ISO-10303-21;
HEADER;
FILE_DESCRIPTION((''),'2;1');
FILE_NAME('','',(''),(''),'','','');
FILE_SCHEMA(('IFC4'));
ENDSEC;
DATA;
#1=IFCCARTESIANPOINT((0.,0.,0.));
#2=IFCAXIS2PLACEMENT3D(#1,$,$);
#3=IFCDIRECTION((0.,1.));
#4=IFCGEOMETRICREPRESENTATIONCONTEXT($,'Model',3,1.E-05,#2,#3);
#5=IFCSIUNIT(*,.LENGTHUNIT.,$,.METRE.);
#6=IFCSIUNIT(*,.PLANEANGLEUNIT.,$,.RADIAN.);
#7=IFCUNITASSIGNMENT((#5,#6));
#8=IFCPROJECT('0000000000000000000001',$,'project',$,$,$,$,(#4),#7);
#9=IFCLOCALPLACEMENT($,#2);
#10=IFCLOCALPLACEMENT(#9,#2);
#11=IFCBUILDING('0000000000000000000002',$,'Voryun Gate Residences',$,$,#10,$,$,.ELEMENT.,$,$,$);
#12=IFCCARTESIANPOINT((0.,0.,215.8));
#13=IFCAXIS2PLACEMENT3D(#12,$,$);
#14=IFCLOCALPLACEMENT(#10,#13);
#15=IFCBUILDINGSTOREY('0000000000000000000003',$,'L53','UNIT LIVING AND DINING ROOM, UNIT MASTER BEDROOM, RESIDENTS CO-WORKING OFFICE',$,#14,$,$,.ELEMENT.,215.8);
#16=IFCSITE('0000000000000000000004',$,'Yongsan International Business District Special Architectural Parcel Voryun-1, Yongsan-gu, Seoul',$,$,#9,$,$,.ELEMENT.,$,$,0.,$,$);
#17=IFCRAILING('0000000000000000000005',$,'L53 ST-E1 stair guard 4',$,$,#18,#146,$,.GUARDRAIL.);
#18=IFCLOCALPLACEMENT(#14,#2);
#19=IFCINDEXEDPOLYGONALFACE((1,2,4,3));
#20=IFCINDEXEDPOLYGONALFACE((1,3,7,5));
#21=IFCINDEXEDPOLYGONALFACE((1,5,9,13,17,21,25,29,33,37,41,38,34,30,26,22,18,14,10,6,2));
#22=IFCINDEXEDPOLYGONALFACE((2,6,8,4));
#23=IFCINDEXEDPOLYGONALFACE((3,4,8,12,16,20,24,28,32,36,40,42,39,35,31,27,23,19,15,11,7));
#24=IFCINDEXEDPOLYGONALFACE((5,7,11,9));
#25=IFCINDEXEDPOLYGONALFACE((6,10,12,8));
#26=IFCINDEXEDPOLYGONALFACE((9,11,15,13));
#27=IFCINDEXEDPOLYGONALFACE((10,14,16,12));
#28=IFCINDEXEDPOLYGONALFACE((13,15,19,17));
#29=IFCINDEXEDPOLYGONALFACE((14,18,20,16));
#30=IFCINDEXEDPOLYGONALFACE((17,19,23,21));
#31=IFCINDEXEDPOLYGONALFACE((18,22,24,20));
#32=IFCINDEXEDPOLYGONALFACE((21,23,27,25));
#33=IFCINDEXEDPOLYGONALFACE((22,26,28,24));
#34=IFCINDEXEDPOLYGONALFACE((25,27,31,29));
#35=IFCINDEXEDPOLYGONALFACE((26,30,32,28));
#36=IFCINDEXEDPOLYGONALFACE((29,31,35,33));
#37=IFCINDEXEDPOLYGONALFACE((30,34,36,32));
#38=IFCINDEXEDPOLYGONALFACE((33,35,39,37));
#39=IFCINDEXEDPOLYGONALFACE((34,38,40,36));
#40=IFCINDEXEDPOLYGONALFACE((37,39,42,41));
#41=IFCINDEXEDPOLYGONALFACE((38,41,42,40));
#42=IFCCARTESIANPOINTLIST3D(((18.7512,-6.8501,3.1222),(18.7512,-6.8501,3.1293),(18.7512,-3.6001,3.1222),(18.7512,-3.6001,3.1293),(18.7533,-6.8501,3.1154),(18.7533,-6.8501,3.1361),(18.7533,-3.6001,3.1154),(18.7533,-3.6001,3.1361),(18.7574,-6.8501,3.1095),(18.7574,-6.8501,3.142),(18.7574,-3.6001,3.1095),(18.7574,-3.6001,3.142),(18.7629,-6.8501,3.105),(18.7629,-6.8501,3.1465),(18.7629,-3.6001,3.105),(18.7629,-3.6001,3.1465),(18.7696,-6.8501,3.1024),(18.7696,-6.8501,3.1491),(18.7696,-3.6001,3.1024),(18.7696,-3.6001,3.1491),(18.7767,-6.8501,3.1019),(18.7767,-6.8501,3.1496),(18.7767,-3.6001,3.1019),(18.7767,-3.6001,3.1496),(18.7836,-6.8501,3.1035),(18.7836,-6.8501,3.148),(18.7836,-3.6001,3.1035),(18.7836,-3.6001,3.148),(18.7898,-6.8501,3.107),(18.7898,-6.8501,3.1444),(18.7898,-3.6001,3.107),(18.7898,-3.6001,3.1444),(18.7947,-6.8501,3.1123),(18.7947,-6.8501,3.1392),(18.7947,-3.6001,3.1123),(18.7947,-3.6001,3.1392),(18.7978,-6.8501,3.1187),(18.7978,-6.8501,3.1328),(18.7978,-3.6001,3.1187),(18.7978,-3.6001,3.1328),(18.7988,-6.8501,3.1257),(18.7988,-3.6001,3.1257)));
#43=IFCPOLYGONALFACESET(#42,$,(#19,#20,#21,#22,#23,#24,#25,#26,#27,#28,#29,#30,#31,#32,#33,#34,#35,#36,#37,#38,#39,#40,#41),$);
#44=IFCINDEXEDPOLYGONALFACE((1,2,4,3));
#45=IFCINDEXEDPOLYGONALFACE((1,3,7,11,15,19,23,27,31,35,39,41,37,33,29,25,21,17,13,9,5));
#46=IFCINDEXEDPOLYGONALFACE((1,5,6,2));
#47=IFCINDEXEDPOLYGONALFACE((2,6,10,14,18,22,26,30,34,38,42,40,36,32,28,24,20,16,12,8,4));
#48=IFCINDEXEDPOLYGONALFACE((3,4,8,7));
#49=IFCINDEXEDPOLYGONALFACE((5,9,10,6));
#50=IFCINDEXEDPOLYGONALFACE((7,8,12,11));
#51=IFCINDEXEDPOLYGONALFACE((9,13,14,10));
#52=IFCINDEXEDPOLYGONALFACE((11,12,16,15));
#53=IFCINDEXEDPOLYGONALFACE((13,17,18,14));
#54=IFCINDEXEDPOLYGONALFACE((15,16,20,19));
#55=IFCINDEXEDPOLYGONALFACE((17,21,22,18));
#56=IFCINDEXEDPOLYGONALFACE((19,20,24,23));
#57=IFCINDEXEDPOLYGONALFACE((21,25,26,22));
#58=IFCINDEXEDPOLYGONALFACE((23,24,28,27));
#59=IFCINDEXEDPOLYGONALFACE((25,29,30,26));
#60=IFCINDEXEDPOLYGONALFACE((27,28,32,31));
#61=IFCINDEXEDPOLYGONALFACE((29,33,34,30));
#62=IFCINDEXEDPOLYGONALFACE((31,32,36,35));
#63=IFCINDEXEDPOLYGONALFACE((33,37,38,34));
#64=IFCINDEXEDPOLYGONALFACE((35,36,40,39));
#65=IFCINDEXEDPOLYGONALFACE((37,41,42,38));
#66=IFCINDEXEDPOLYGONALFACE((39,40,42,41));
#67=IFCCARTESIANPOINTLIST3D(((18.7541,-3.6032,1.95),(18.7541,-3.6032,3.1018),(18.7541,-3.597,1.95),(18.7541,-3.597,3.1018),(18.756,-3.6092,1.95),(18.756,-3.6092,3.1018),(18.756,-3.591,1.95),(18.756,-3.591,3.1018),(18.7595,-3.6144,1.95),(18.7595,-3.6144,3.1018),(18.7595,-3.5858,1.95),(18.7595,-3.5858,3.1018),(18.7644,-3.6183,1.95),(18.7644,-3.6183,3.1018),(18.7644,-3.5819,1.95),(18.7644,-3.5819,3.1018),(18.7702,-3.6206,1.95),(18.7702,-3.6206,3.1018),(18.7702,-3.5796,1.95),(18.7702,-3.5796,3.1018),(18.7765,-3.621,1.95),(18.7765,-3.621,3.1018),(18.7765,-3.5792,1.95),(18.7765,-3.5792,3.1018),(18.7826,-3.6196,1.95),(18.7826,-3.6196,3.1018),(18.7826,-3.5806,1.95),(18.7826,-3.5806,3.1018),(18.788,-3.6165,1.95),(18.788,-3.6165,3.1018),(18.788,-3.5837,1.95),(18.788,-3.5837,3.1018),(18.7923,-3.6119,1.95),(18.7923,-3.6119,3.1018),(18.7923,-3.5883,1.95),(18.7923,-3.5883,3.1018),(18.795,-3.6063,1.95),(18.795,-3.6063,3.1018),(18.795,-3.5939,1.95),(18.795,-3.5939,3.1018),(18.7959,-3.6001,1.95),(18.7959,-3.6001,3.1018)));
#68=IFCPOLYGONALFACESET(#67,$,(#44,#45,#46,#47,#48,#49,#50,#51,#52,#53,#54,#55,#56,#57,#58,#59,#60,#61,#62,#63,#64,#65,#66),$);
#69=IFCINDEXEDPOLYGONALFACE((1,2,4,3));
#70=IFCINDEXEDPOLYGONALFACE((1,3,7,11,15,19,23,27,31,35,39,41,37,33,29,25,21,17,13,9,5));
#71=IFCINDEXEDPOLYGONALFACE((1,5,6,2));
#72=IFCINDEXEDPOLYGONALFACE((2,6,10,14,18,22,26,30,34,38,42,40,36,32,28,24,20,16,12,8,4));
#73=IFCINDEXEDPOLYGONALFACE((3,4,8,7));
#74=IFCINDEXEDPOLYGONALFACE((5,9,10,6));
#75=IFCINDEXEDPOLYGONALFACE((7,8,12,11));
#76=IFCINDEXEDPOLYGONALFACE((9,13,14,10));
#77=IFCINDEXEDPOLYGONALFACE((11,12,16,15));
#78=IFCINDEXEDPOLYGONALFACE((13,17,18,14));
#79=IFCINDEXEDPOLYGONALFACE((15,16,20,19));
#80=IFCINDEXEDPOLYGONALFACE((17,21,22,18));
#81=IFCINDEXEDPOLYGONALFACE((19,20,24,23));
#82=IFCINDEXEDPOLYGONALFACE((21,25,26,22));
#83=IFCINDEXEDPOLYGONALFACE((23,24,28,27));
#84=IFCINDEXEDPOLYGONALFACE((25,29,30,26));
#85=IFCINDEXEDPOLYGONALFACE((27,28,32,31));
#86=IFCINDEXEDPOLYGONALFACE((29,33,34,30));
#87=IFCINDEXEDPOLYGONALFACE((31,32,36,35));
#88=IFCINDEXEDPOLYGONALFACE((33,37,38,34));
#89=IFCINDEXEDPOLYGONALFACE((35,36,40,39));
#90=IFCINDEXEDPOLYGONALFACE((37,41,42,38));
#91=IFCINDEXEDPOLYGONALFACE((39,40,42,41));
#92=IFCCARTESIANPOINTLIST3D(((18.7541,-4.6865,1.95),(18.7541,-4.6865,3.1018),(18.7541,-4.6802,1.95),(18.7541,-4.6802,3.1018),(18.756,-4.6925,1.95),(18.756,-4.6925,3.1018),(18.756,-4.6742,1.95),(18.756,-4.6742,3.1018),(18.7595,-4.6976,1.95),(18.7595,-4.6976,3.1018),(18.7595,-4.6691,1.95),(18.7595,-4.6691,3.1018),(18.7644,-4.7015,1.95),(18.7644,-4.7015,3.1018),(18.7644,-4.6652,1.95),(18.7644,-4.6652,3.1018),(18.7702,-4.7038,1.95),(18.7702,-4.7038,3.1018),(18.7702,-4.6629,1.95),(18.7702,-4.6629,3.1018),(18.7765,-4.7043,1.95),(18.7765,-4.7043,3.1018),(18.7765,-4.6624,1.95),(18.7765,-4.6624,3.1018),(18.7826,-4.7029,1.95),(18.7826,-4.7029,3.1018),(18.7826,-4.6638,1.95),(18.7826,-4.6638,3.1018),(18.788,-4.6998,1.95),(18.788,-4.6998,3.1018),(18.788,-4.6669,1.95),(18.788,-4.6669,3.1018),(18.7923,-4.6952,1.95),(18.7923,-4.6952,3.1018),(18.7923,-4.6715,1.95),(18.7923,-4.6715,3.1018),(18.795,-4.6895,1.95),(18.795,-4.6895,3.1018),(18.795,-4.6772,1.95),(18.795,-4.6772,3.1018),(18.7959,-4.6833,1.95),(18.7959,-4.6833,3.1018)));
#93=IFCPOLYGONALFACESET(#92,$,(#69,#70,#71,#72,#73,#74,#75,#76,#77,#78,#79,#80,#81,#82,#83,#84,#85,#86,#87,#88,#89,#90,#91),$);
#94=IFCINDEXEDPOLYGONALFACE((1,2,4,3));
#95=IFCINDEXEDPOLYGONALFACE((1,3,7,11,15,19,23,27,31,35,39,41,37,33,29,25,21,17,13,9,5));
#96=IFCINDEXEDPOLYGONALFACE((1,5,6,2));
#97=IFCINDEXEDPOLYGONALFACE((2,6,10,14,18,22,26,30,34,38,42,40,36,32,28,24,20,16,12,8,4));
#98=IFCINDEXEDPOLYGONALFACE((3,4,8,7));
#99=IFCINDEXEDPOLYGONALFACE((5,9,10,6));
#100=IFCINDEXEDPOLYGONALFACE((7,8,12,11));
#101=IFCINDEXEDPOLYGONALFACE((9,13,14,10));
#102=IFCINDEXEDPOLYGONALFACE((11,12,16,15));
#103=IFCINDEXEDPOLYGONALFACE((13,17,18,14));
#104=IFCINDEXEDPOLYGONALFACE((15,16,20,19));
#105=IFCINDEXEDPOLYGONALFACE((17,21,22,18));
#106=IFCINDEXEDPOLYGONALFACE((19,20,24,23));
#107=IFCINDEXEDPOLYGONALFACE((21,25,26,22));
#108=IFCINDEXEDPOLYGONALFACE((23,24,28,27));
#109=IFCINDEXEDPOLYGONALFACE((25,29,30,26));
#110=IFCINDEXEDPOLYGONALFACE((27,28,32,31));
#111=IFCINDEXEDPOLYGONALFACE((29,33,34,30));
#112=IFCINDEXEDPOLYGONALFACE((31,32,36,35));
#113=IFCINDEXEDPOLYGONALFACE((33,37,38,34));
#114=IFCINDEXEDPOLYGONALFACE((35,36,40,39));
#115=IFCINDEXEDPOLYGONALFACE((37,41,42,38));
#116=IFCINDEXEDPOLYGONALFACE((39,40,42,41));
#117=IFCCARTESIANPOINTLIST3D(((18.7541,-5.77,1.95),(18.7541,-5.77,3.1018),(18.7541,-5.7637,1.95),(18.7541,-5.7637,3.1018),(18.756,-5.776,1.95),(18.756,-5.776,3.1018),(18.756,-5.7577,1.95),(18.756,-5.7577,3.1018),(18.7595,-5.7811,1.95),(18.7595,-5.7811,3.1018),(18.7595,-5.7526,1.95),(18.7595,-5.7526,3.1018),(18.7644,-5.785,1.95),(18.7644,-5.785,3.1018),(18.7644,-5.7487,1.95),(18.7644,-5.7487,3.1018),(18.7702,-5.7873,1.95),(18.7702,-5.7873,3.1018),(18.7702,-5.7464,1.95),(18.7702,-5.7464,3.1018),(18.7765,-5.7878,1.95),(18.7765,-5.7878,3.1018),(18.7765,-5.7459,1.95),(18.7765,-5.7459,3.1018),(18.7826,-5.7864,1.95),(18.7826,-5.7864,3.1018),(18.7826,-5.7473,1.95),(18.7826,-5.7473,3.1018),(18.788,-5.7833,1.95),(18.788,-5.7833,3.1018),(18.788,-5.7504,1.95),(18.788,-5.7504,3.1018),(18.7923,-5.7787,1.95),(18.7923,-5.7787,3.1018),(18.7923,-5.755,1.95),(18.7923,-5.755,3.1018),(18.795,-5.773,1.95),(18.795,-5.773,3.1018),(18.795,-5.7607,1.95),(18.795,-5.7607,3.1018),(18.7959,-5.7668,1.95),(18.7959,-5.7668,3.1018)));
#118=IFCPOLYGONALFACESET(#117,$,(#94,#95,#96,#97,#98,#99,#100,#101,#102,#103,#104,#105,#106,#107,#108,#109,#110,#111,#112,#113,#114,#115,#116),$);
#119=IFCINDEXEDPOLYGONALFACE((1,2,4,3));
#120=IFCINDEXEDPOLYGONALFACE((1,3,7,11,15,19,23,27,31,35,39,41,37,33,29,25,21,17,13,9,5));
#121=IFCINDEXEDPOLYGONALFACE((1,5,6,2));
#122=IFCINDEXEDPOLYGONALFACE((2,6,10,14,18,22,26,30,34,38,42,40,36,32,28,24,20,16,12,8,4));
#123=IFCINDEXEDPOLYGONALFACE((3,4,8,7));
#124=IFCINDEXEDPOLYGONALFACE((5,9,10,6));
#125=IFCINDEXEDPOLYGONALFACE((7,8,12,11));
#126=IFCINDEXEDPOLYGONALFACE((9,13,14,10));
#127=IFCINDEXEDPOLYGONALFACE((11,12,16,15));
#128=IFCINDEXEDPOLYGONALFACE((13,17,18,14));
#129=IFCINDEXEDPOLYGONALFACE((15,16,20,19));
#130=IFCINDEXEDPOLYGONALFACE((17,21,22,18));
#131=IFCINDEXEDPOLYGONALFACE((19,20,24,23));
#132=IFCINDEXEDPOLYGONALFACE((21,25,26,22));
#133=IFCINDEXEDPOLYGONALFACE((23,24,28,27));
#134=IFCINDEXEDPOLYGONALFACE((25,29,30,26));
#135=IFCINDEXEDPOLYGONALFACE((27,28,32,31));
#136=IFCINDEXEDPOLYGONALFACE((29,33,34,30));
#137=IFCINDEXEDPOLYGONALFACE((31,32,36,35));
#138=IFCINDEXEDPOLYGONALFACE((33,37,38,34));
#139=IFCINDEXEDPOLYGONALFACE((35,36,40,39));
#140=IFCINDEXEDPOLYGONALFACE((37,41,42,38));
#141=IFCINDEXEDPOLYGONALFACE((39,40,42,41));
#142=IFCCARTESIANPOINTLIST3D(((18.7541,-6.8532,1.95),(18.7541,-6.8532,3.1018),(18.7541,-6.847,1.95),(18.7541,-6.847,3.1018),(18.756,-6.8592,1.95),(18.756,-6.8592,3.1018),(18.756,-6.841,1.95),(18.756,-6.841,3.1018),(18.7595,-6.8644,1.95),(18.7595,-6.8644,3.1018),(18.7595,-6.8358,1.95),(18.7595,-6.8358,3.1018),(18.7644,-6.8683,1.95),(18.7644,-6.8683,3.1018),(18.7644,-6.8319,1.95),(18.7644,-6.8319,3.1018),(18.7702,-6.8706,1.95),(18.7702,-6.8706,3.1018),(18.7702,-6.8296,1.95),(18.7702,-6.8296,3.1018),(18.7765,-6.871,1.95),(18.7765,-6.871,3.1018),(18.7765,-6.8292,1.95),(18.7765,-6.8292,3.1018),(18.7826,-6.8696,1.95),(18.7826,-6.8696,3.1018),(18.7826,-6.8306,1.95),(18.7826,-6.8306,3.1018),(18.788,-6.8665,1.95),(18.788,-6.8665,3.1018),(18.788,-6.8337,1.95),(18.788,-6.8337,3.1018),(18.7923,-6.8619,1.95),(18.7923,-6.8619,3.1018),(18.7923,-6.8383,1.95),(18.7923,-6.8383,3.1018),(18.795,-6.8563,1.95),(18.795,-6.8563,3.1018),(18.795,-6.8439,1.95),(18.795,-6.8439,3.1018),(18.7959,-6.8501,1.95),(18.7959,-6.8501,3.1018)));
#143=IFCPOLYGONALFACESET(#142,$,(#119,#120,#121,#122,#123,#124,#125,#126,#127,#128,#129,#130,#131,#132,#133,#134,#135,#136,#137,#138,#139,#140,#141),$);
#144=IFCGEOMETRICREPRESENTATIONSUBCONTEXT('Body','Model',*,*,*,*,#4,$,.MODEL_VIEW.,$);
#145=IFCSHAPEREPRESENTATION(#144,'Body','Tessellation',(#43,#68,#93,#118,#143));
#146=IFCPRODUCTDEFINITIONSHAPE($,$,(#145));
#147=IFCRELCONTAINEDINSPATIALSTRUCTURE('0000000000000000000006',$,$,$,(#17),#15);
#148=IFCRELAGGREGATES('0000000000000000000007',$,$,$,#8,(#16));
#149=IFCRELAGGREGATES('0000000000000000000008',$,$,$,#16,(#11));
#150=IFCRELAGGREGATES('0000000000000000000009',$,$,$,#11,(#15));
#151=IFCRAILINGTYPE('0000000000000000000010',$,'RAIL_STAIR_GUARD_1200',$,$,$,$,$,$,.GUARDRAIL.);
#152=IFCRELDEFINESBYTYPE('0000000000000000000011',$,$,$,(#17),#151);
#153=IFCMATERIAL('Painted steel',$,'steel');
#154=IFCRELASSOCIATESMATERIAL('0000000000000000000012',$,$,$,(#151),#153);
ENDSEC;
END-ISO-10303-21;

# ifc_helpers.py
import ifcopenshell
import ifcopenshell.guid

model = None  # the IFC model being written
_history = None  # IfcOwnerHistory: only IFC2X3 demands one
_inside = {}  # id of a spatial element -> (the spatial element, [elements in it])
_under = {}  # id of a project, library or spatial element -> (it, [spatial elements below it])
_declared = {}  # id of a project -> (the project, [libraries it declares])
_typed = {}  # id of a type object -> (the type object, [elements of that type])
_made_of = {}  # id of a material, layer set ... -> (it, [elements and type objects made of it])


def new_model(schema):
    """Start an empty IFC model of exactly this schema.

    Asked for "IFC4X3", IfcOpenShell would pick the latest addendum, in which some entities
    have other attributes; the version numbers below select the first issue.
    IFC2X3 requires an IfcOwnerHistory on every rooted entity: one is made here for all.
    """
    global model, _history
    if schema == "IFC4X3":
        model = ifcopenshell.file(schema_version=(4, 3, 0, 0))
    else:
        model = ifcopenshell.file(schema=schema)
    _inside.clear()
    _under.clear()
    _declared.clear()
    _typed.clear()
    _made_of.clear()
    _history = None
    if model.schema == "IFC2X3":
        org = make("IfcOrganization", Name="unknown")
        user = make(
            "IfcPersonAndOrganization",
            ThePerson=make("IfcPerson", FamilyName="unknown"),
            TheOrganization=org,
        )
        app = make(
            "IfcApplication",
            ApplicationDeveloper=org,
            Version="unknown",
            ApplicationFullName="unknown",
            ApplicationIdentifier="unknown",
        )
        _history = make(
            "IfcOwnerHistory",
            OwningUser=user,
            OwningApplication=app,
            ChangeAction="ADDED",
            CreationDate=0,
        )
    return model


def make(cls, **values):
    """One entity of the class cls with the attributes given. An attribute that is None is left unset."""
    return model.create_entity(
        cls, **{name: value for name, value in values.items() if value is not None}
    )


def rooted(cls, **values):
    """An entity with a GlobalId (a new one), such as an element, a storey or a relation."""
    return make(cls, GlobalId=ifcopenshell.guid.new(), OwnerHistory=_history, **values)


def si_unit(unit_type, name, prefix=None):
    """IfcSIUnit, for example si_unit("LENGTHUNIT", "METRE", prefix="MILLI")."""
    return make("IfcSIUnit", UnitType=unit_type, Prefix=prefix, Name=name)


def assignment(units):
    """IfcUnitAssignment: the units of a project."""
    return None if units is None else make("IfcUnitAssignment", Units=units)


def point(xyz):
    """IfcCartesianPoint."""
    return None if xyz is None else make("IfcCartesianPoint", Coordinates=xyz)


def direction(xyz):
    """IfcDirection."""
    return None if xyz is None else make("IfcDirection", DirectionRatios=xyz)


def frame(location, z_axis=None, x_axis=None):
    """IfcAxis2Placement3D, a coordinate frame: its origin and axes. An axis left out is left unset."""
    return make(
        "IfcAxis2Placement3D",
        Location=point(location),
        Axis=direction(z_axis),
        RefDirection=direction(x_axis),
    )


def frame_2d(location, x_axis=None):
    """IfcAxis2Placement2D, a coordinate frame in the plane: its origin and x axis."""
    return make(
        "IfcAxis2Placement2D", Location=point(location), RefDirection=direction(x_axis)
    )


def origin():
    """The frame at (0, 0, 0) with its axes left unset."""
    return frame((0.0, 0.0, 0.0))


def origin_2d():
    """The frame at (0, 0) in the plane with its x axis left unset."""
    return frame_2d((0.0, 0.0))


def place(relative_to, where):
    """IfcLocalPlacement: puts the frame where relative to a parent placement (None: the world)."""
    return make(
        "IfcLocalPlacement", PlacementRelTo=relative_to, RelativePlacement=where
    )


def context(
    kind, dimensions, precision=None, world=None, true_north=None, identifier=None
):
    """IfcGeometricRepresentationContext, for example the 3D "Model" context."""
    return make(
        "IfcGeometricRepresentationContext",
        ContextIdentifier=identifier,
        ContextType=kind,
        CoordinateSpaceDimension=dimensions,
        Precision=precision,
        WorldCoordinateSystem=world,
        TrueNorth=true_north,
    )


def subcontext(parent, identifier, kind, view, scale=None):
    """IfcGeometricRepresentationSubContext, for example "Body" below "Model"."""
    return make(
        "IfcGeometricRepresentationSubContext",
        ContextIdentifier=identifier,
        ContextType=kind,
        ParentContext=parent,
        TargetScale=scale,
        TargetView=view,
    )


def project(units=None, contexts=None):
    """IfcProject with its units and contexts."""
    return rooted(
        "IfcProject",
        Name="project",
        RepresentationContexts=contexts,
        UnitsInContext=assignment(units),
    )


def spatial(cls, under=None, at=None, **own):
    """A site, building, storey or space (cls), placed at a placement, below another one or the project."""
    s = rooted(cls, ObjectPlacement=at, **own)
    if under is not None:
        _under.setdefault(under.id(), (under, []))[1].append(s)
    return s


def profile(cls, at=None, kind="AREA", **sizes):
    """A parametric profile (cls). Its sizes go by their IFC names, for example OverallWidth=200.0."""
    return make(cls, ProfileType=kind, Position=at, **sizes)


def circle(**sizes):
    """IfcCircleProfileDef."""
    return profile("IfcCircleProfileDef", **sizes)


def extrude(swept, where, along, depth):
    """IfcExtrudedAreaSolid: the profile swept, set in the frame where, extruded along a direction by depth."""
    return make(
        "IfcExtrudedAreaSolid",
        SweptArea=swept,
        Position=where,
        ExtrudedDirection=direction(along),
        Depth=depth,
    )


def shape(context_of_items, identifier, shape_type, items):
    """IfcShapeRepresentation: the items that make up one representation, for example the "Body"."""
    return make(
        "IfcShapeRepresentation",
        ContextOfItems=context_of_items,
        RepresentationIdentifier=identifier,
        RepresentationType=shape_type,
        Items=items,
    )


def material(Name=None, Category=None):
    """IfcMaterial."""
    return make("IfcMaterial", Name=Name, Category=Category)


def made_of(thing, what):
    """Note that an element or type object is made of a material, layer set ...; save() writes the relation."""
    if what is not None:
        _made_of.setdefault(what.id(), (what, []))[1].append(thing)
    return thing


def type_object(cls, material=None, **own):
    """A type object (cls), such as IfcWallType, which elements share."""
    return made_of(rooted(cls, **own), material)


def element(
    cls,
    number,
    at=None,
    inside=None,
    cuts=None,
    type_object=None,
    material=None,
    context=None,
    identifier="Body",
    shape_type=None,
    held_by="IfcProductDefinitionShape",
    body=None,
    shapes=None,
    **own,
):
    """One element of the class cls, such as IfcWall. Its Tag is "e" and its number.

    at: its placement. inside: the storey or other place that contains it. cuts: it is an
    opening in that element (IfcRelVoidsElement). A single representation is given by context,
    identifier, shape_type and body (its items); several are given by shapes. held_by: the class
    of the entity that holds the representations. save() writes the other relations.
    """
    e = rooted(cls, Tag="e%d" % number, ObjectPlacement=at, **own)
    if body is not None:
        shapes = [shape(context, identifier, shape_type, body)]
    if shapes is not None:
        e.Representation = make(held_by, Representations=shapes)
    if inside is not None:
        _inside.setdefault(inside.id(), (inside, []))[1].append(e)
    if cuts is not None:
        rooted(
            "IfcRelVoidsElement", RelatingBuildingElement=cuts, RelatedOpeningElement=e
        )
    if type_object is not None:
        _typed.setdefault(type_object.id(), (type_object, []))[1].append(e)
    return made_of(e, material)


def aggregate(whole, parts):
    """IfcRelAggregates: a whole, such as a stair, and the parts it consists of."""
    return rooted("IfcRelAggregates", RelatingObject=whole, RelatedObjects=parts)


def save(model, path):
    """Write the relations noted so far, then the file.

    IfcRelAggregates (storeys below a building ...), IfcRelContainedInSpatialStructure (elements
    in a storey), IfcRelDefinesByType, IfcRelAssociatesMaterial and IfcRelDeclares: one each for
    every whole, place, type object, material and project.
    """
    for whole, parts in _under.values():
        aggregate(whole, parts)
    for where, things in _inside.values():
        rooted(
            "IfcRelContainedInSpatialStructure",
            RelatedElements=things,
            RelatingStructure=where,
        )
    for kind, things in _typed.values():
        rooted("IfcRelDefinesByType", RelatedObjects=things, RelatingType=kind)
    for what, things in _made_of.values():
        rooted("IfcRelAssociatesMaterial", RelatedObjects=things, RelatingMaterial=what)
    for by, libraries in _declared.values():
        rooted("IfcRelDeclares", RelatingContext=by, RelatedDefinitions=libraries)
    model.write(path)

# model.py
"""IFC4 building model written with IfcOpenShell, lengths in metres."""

from ifc_helpers import new_model, si_unit, direction, frame, origin, origin_2d, place, context, subcontext, project, spatial, circle, extrude, material, type_object, element, save


model = new_model("IFC4")

# Units and contexts
model_context = context("Model", 3, precision=1e-05, world=origin(), true_north=direction((0.0, 1.0)))
body_context = subcontext(model_context, "Body", "Model", "MODEL_VIEW")
ifc_project = project(units=[si_unit("LENGTHUNIT", "METRE"), si_unit("PLANEANGLEUNIT", "RADIAN")], contexts=[model_context])

# Site, building, storey
site_placement = place(None, origin())
site = spatial("IfcSite", under=ifc_project, at=site_placement, Name="Yongsan International Business District Special Architectural Parcel Voryun-1, Yongsan-gu, Seoul", CompositionType="ELEMENT", RefElevation=0.0)
building_placement = place(site_placement, origin())
building = spatial("IfcBuilding", under=site, at=building_placement, Name="Voryun Gate Residences", CompositionType="ELEMENT")
storey_placement = place(building_placement, frame((0.0, 0.0, 215.8)))
storey = spatial("IfcBuildingStorey", under=building, at=storey_placement, Name="L53", Description="UNIT LIVING AND DINING ROOM, UNIT MASTER BEDROOM, RESIDENTS CO-WORKING OFFICE", CompositionType="ELEMENT", Elevation=215.8)

# Railing
ifc_material_1 = material(Name="Painted steel", Category="steel")
railing_type_1 = type_object("IfcRailingType", Name="RAIL_STAIR_GUARD_1200", PredefinedType="GUARDRAIL", material=ifc_material_1)
railing_1_placement = place(storey_placement, frame((18.7749, -3.6001, 1.95)))
element("IfcRailing", 1, at=railing_1_placement, inside=storey, type_object=railing_type_1, Name="L53 ST-E1 stair guard 4", PredefinedType="GUARDRAIL", context=body_context, shape_type="SweptSolid", body=[
    extrude(circle(Radius=0.0239, at=origin_2d()), frame((0.0, 0.0, 1.1758), z_axis=(0.0, -1.0, 0.0), x_axis=(1.0, 0.0, 0.0)), (0.0, 0.0, 1.0), 3.25),
    extrude(circle(Radius=0.021, at=origin_2d()), origin(), (0.0, 0.0, 1.0), 1.1519),
    extrude(circle(Radius=0.021, at=origin_2d()), frame((0.0, -1.0833, 0.0)), (0.0, 0.0, 1.0), 1.1519),
    extrude(circle(Radius=0.021, at=origin_2d()), frame((0.0, -2.1667, 0.0)), (0.0, 0.0, 1.0), 1.1519),
    extrude(circle(Radius=0.021, at=origin_2d()), frame((0.0, -3.25, 0.0)), (0.0, 0.0, 1.0), 1.1519),
])

save(model, "model.ifc")
